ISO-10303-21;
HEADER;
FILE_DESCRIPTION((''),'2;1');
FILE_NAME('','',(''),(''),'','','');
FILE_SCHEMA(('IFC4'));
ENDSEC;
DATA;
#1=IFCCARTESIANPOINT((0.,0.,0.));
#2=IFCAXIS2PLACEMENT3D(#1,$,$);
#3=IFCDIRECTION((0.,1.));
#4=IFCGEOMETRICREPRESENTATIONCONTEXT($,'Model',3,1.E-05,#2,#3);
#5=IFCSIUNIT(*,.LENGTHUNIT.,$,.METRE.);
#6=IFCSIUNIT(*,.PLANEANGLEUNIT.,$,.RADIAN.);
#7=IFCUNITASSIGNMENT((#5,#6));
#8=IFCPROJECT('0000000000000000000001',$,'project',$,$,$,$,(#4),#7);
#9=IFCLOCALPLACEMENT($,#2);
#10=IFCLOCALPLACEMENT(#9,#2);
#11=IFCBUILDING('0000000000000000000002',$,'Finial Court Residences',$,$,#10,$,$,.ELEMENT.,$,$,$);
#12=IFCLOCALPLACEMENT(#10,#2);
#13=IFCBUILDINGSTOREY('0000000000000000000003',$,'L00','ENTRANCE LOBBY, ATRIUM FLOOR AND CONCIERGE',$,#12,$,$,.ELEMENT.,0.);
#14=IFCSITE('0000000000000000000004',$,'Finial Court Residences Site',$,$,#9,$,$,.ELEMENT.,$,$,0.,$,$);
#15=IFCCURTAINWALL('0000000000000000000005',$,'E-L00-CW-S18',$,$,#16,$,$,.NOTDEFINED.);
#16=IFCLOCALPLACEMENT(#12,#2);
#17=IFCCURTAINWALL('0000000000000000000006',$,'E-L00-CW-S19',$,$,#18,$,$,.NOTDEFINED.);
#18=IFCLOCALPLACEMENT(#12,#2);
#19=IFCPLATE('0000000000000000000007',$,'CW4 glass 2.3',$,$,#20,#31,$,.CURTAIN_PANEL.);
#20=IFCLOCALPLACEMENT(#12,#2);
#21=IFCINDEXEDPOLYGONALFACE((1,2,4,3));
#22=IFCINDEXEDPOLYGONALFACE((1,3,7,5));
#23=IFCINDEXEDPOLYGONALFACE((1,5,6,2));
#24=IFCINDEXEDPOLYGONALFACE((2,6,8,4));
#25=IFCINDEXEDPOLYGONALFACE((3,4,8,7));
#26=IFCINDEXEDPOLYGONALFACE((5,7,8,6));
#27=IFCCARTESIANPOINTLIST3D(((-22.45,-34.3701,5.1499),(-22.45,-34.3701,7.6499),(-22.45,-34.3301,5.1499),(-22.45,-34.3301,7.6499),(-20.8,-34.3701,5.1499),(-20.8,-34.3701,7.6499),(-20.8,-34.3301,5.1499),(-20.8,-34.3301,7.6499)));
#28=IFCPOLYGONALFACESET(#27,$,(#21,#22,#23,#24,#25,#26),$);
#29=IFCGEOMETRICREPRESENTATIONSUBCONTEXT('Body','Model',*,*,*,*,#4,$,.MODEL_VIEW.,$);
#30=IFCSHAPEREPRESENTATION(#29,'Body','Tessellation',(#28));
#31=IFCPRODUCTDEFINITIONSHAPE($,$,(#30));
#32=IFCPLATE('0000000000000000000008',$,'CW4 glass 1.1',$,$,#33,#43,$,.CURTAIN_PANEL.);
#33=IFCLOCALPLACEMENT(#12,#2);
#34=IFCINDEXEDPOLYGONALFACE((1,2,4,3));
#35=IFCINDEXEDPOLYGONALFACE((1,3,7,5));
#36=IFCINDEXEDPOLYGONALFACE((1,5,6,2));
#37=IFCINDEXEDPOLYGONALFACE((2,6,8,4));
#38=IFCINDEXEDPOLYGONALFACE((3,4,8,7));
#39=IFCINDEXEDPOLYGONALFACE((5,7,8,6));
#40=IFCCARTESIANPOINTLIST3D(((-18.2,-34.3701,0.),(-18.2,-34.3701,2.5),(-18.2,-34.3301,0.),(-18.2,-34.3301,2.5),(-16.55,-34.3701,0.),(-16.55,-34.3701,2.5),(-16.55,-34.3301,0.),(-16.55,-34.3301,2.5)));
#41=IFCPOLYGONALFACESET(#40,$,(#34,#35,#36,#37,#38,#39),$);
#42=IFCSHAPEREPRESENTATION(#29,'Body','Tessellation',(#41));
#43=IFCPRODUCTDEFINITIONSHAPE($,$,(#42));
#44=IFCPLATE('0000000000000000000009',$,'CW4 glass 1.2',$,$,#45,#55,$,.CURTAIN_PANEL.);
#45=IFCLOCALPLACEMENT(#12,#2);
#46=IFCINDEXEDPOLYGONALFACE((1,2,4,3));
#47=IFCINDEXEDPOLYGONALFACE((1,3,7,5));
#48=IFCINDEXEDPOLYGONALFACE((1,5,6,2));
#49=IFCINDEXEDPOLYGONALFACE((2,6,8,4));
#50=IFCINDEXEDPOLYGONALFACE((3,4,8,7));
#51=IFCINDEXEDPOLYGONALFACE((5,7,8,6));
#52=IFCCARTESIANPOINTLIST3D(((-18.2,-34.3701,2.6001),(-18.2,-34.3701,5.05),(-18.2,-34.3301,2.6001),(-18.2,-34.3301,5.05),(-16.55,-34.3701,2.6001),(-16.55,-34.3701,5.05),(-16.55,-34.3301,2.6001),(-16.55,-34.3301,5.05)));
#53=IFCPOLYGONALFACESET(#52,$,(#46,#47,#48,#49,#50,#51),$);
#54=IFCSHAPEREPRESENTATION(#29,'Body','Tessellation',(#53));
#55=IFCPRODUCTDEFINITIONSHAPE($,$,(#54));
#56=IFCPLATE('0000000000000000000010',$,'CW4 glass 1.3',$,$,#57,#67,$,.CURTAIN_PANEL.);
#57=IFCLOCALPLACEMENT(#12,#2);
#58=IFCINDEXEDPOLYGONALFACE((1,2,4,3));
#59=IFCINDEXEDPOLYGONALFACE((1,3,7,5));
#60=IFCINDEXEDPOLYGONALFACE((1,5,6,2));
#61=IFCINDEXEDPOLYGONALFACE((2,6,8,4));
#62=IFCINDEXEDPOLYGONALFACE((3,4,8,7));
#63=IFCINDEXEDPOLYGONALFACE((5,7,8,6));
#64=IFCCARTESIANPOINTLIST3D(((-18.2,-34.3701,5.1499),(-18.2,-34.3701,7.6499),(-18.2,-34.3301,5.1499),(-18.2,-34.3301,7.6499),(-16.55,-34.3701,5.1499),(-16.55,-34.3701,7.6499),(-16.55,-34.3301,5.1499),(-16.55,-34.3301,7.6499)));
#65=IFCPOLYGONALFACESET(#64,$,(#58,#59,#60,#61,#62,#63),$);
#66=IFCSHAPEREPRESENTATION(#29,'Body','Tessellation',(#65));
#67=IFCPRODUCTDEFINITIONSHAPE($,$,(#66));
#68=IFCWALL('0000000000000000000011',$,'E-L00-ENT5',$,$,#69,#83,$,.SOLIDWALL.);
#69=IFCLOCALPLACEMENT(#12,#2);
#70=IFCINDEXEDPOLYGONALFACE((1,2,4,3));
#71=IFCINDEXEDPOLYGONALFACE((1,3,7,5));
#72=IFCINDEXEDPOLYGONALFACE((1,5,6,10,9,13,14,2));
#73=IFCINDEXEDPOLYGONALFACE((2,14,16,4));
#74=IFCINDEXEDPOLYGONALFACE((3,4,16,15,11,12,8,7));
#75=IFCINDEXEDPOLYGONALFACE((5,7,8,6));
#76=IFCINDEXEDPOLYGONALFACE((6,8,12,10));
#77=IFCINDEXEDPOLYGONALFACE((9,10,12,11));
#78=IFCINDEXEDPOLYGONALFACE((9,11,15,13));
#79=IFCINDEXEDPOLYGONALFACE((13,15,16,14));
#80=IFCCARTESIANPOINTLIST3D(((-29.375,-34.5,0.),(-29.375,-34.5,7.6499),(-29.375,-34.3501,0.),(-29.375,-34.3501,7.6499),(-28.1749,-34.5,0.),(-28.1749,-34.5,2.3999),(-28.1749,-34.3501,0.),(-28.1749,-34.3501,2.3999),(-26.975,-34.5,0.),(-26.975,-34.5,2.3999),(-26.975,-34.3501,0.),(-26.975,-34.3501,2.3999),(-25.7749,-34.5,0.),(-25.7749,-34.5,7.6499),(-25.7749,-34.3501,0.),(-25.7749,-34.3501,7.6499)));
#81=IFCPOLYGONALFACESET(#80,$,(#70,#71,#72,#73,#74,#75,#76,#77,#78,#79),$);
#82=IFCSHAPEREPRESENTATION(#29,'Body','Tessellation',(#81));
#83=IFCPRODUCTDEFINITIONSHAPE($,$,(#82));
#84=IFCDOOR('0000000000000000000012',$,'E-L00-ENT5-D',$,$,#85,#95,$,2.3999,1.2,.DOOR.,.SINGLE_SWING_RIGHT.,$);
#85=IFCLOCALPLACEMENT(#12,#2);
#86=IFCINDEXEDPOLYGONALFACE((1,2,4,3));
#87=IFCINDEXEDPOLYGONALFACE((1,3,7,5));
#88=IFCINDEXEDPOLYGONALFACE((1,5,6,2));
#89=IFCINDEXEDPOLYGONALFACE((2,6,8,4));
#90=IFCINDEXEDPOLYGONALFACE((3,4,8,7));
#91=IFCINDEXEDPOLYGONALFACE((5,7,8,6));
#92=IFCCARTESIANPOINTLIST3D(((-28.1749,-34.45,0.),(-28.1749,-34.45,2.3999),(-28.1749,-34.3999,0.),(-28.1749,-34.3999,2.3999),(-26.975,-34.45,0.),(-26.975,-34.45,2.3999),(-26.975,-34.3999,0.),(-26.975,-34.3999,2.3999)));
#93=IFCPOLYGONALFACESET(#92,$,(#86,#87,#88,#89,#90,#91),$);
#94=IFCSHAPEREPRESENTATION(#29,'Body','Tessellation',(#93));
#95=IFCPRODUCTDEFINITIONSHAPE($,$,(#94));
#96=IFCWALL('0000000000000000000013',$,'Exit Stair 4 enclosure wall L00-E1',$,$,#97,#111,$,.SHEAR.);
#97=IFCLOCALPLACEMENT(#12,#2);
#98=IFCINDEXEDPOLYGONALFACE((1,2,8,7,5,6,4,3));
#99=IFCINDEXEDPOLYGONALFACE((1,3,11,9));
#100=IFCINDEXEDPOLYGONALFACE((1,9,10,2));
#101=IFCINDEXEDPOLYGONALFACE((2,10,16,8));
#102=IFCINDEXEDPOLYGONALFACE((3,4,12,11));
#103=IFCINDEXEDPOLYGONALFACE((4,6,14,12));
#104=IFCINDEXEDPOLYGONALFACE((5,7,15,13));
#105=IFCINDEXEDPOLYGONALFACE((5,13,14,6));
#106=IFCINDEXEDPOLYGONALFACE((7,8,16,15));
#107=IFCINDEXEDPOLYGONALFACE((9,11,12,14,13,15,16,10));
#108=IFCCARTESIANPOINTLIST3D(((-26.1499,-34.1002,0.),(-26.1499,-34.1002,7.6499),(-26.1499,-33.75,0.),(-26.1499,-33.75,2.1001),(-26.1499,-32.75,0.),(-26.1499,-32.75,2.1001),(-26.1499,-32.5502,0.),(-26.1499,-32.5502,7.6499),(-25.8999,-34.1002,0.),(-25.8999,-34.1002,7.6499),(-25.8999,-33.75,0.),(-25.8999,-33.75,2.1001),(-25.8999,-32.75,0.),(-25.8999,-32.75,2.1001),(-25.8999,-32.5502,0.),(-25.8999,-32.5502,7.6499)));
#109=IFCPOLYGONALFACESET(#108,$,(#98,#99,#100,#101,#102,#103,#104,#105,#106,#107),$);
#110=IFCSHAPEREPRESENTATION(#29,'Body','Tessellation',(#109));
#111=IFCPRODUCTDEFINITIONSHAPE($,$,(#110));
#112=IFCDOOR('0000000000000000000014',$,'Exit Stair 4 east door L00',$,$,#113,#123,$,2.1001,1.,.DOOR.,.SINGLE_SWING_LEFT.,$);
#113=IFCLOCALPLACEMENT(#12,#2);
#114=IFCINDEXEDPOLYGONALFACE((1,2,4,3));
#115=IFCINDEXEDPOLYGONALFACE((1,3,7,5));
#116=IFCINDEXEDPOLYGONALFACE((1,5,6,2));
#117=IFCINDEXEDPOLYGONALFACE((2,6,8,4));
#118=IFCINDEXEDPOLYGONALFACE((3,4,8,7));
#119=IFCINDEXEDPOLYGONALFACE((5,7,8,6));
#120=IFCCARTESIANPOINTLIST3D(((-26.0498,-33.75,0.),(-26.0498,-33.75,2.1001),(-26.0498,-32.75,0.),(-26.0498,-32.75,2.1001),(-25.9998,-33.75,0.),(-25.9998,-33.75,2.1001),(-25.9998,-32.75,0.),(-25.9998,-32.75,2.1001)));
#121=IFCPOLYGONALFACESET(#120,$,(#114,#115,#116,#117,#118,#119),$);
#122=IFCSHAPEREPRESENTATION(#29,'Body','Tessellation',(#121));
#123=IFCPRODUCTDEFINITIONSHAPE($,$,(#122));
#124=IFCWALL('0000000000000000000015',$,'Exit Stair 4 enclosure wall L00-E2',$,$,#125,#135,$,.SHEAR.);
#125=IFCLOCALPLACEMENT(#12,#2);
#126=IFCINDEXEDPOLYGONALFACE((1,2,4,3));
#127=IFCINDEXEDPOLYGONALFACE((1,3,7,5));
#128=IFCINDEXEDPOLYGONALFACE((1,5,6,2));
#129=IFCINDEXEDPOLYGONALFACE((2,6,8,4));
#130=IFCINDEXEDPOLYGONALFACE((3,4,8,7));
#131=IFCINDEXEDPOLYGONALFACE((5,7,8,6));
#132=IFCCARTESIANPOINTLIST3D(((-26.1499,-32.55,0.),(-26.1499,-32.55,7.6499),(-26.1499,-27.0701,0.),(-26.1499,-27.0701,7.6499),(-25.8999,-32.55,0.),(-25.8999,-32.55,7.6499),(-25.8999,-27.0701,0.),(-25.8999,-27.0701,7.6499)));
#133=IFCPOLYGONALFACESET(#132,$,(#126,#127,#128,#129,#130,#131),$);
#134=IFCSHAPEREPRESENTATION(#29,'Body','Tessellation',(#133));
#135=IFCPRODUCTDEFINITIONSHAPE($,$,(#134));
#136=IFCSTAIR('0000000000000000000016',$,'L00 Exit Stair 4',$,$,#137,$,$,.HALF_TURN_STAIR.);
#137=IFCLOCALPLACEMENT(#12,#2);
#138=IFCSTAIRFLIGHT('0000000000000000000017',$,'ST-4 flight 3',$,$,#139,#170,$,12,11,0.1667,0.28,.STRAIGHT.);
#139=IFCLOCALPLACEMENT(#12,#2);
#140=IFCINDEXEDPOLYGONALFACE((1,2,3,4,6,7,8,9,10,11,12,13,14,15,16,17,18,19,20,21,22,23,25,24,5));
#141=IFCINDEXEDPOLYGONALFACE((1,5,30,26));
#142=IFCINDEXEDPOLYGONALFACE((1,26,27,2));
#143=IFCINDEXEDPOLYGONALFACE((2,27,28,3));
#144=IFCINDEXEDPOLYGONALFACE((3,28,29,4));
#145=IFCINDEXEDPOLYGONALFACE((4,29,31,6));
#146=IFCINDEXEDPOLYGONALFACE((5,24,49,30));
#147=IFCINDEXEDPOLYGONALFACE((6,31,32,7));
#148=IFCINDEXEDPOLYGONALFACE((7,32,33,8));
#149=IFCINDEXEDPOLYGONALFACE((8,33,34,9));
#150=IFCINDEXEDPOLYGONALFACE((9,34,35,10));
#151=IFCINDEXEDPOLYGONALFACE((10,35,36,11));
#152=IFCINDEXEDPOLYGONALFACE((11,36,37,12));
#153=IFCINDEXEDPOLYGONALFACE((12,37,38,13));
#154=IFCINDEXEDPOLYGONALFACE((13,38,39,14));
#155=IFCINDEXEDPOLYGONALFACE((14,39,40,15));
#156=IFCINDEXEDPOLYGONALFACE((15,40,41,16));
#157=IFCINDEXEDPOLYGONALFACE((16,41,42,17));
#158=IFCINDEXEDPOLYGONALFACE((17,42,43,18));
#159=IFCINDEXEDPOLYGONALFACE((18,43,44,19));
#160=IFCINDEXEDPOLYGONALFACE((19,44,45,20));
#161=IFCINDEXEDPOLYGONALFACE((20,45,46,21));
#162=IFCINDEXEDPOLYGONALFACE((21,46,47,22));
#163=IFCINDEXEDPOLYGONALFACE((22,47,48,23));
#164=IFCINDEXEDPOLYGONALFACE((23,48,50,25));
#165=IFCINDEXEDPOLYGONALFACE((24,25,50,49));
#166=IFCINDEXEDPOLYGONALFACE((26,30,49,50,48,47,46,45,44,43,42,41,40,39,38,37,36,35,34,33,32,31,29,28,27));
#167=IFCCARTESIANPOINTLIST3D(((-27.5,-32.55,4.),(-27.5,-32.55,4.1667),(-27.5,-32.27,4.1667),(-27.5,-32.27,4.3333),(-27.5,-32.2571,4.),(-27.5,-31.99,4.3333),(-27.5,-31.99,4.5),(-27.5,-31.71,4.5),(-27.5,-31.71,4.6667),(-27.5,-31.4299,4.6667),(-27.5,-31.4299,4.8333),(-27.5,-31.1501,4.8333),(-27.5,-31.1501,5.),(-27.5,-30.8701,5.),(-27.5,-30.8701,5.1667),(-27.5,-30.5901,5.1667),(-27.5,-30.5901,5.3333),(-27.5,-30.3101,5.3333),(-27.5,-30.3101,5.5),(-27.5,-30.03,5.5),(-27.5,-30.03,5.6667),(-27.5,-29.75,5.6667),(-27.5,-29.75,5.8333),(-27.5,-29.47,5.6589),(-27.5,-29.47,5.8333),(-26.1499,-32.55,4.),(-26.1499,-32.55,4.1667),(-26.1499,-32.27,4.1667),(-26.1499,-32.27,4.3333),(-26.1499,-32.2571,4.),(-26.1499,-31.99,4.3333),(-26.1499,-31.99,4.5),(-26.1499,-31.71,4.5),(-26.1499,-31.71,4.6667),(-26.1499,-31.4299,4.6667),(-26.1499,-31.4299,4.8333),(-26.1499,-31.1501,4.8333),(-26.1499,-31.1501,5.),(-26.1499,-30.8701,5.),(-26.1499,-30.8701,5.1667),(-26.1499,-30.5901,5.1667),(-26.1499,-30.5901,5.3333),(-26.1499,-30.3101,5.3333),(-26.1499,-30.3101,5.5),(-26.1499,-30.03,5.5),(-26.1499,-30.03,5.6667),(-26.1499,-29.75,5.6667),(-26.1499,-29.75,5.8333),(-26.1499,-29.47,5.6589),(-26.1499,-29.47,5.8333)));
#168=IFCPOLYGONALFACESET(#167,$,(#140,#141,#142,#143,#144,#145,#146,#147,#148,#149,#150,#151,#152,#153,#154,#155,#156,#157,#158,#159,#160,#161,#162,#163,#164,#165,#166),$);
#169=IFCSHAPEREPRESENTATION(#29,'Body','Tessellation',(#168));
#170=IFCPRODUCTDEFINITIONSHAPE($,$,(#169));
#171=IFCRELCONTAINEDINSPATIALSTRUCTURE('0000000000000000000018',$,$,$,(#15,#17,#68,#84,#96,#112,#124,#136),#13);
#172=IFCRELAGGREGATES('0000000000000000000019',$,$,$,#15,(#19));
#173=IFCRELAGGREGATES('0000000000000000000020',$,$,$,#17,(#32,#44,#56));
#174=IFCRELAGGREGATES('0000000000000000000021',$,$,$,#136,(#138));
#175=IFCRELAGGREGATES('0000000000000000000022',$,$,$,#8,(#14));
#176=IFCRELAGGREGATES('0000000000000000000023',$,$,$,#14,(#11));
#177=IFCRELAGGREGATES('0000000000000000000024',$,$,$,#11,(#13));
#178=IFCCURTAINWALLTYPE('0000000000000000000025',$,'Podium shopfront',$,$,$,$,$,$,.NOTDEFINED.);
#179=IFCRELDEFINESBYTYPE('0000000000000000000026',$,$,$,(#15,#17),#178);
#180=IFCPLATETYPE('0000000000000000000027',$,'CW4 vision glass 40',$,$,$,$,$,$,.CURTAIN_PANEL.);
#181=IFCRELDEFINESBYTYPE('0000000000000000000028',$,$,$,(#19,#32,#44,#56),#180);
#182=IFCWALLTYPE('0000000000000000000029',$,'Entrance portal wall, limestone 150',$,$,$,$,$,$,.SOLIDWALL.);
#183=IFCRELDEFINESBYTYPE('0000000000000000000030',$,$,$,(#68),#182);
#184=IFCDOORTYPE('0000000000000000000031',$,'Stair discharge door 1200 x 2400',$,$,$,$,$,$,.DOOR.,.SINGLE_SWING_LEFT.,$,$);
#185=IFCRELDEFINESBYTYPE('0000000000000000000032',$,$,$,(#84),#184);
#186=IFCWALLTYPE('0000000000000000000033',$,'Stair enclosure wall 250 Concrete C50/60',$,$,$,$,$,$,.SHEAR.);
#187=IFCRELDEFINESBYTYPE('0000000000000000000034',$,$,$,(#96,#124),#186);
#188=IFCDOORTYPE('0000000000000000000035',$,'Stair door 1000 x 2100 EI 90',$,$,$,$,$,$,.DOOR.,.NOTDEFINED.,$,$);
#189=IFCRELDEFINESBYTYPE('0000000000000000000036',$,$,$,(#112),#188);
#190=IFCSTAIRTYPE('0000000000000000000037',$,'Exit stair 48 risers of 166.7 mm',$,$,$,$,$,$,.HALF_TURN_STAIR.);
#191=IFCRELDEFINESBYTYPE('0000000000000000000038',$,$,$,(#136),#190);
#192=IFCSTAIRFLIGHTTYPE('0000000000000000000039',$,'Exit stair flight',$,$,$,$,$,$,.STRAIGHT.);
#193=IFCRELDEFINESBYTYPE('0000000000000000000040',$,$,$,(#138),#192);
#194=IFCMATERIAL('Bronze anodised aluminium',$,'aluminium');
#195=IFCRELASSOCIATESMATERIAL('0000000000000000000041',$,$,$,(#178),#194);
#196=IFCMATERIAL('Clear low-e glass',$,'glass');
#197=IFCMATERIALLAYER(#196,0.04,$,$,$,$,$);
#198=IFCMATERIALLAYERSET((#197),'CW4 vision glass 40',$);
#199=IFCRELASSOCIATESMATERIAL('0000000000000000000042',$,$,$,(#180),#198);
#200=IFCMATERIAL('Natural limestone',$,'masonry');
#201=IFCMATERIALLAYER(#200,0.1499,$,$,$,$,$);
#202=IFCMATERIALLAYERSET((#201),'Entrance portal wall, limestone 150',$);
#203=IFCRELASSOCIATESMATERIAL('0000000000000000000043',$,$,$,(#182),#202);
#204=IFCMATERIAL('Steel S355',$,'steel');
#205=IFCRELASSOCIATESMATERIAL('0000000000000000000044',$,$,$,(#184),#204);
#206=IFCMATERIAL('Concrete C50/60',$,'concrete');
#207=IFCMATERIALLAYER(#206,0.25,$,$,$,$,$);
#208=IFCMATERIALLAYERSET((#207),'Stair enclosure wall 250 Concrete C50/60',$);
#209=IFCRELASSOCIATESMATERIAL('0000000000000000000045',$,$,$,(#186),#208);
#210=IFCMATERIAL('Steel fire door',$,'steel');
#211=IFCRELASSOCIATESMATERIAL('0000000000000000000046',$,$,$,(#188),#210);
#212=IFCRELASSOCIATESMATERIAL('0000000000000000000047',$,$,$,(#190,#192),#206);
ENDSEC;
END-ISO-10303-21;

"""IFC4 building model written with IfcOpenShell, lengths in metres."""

from ifc_helpers import new_model, si_unit, direction, frame, frame_2d, origin, origin_2d, place, context, subcontext, project, spatial, polyline, rectangle, outline, extrude, material, layer, layer_set, type_object, element, fill, aggregate, save


model = new_model("IFC4")

# Units and contexts
model_context = context("Model", 3, precision=1e-05, world=origin(), true_north=direction((0.0, 1.0)))
body_context = subcontext(model_context, "Body", "Model", "MODEL_VIEW")
ifc_project = project(units=[si_unit("LENGTHUNIT", "METRE"), si_unit("PLANEANGLEUNIT", "RADIAN")], contexts=[model_context])

# Site, building, storey
site_placement = place(None, origin())
site = spatial("IfcSite", under=ifc_project, at=site_placement, Name="Finial Court Residences Site", CompositionType="ELEMENT", RefElevation=0.0)
building_placement = place(site_placement, origin())
building = spatial("IfcBuilding", under=site, at=building_placement, Name="Finial Court Residences", CompositionType="ELEMENT")
storey_placement = place(building_placement, origin())
storey = spatial("IfcBuildingStorey", under=building, at=storey_placement, Name="L00", Description="ENTRANCE LOBBY, ATRIUM FLOOR AND CONCIERGE", CompositionType="ELEMENT", Elevation=0.0)

# Curtain wall
ifc_material_1 = material(Name="Bronze anodised aluminium", Category="aluminium")
curtain_wall_type = type_object("IfcCurtainWallType", Name="Podium shopfront", PredefinedType="NOTDEFINED", material=ifc_material_1)
curtain_wall_1_placement = place(storey_placement, origin())
curtain_wall_1 = element("IfcCurtainWall", 1, at=curtain_wall_1_placement, inside=storey, type_object=curtain_wall_type, Name="E-L00-CW-S18", PredefinedType="NOTDEFINED")

# Curtain wall
curtain_wall_2_placement = place(storey_placement, origin())
curtain_wall_2 = element("IfcCurtainWall", 2, at=curtain_wall_2_placement, inside=storey, type_object=curtain_wall_type, Name="E-L00-CW-S19", PredefinedType="NOTDEFINED")

# Plates
ifc_material_2 = material(Name="Clear low-e glass", Category="glass")
ifc_layer_1 = layer(ifc_material_2, 0.04)
ifc_layer_set_1 = layer_set([ifc_layer_1], Name="CW4 vision glass 40")
plate_type = type_object("IfcPlateType", Name="CW4 vision glass 40", PredefinedType="CURTAIN_PANEL", material=ifc_layer_set_1)
plate_1_placement = place(storey_placement, frame((-21.625, -34.3501, 5.1499), z_axis=(0.0, 0.0, 1.0), x_axis=(1.0, 0.0, 0.0)))
plate_1 = element("IfcPlate", 3, at=plate_1_placement, type_object=plate_type, Name="CW4 glass 2.3", PredefinedType="CURTAIN_PANEL", context=body_context, shape_type="SweptSolid", body=[
    extrude(rectangle(XDim=1.6499, YDim=0.04, at=origin_2d()), origin(), (0.0, 0.0, 1.0), 2.5),
])
aggregate(curtain_wall_1, [plate_1])
plate_2_placement = place(storey_placement, frame((-17.375, -34.3501, 0.0), z_axis=(0.0, 0.0, 1.0), x_axis=(1.0, 0.0, 0.0)))
plate_2 = element("IfcPlate", 4, at=plate_2_placement, type_object=plate_type, Name="CW4 glass 1.1", PredefinedType="CURTAIN_PANEL", context=body_context, shape_type="SweptSolid", body=[
    extrude(rectangle(XDim=1.6499, YDim=0.04, at=origin_2d()), origin(), (0.0, 0.0, 1.0), 2.5),
])
plate_3_placement = place(storey_placement, frame((-17.375, -34.3501, 2.6001), z_axis=(0.0, 0.0, 1.0), x_axis=(1.0, 0.0, 0.0)))
plate_3 = element("IfcPlate", 5, at=plate_3_placement, type_object=plate_type, Name="CW4 glass 1.2", PredefinedType="CURTAIN_PANEL", context=body_context, shape_type="SweptSolid", body=[
    extrude(rectangle(XDim=1.6499, YDim=0.04, at=origin_2d()), origin(), (0.0, 0.0, 1.0), 2.45),
])
plate_4_placement = place(storey_placement, frame((-17.375, -34.3501, 5.1499), z_axis=(0.0, 0.0, 1.0), x_axis=(1.0, 0.0, 0.0)))
plate_4 = element("IfcPlate", 6, at=plate_4_placement, type_object=plate_type, Name="CW4 glass 1.3", PredefinedType="CURTAIN_PANEL", context=body_context, shape_type="SweptSolid", body=[
    extrude(rectangle(XDim=1.6499, YDim=0.04, at=origin_2d()), origin(), (0.0, 0.0, 1.0), 2.5),
])
aggregate(curtain_wall_2, [plate_2, plate_3, plate_4])

# Walls, openings, doors
ifc_material_3 = material(Name="Natural limestone", Category="masonry")
ifc_layer_2 = layer(ifc_material_3, 0.1499)
ifc_layer_set_2 = layer_set([ifc_layer_2], Name="Entrance portal wall, limestone 150")
wall_type_1 = type_object("IfcWallType", Name="Entrance portal wall, limestone 150", PredefinedType="SOLIDWALL", material=ifc_layer_set_2)
wall_1_placement = place(storey_placement, frame((-25.7749, -34.425, 0.0), z_axis=(0.0, 0.0, 1.0), x_axis=(-1.0, 0.0, 0.0)))
wall_1 = element("IfcWall", 7, at=wall_1_placement, inside=storey, type_object=wall_type_1, Name="E-L00-ENT5", PredefinedType="SOLIDWALL", context=body_context, shape_type="SweptSolid", body=[
    extrude(rectangle(XDim=3.6001, YDim=0.1499, at=frame_2d((1.8, 0.0))), origin(), (0.0, 0.0, 1.0), 7.6499),
])
opening_1_placement = place(wall_1_placement, frame((1.2, 0.0, 0.0)))
opening_1 = element("IfcOpeningElement", 8, at=opening_1_placement, cuts=wall_1, PredefinedType="OPENING", context=body_context, shape_type="SweptSolid", body=[
    extrude(rectangle(XDim=1.2, YDim=2.3999, at=frame_2d((0.6001, 1.2))), frame((0.0, 0.085, 0.0), z_axis=(0.0, -1.0, 0.0), x_axis=(1.0, 0.0, 0.0)), (0.0, 0.0, 1.0), 0.1699),
])
ifc_material_4 = material(Name="Steel S355", Category="steel")
door_type_1 = type_object("IfcDoorType", Name="Stair discharge door 1200 x 2400", OperationType="SINGLE_SWING_LEFT", PredefinedType="DOOR", material=ifc_material_4)
door_1_placement = place(opening_1_placement, origin())
door_1 = element("IfcDoor", 9, at=door_1_placement, inside=storey, type_object=door_type_1, Name="E-L00-ENT5-D", OperationType="SINGLE_SWING_RIGHT", OverallHeight=2.3999, OverallWidth=1.2, PredefinedType="DOOR", context=body_context, shape_type="SweptSolid", body=[
    extrude(rectangle(XDim=1.2, YDim=2.3999, at=frame_2d((0.6001, 1.2))), frame((0.0, 0.0249, 0.0), z_axis=(0.0, -1.0, 0.0), x_axis=(1.0, 0.0, 0.0)), (0.0, 0.0, 1.0), 0.05),
])
fill(opening_1, door_1)
ifc_material_5 = material(Name="Concrete C50/60", Category="concrete")
ifc_layer_3 = layer(ifc_material_5, 0.25)
ifc_layer_set_3 = layer_set([ifc_layer_3], Name="Stair enclosure wall 250 Concrete C50/60")
wall_type_2 = type_object("IfcWallType", Name="Stair enclosure wall 250 Concrete C50/60", PredefinedType="SHEAR", material=ifc_layer_set_3)
wall_2_placement = place(storey_placement, frame((-26.0249, -34.1001, 0.0), z_axis=(0.0, 0.0, 1.0), x_axis=(0.0, 1.0, 0.0)))
wall_2 = element("IfcWall", 10, at=wall_2_placement, inside=storey, type_object=wall_type_2, Name="Exit Stair 4 enclosure wall L00-E1", PredefinedType="SHEAR", context=body_context, shape_type="SweptSolid", body=[
    extrude(rectangle(XDim=1.55, YDim=0.25, at=frame_2d((0.7749, 0.0))), origin(), (0.0, 0.0, 1.0), 7.6499),
])
opening_2_placement = place(wall_2_placement, frame((0.3501, 0.0, 0.0)))
opening_2 = element("IfcOpeningElement", 11, at=opening_2_placement, cuts=wall_2, PredefinedType="OPENING", context=body_context, shape_type="SweptSolid", body=[
    extrude(rectangle(XDim=1.0, YDim=2.1001, at=frame_2d((0.5, 1.05))), frame((0.0, 0.135, 0.0), z_axis=(0.0, -1.0, 0.0), x_axis=(1.0, 0.0, 0.0)), (0.0, 0.0, 1.0), 0.27),
])
ifc_material_6 = material(Name="Steel fire door", Category="steel")
door_type_2 = type_object("IfcDoorType", Name="Stair door 1000 x 2100 EI 90", OperationType="NOTDEFINED", PredefinedType="DOOR", material=ifc_material_6)
door_2_placement = place(opening_2_placement, origin())
door_2 = element("IfcDoor", 12, at=door_2_placement, inside=storey, type_object=door_type_2, Name="Exit Stair 4 east door L00", OperationType="SINGLE_SWING_LEFT", OverallHeight=2.1001, OverallWidth=1.0, PredefinedType="DOOR", context=body_context, shape_type="SweptSolid", body=[
    extrude(rectangle(XDim=1.0, YDim=2.1001, at=frame_2d((0.5, 1.05))), frame((0.0, 0.0249, 0.0), z_axis=(0.0, -1.0, 0.0), x_axis=(1.0, 0.0, 0.0)), (0.0, 0.0, 1.0), 0.05),
])
fill(opening_2, door_2)

# Wall
wall_3_placement = place(storey_placement, frame((-26.0249, -32.55, 0.0), z_axis=(0.0, 0.0, 1.0), x_axis=(0.0, 1.0, 0.0)))
element("IfcWall", 13, at=wall_3_placement, inside=storey, type_object=wall_type_2, Name="Exit Stair 4 enclosure wall L00-E2", PredefinedType="SHEAR", context=body_context, shape_type="SweptSolid", body=[
    extrude(rectangle(XDim=5.48, YDim=0.25, at=frame_2d((2.74, 0.0))), origin(), (0.0, 0.0, 1.0), 7.6499),
])

# Stair, stair flight
stair_type = type_object("IfcStairType", Name="Exit stair 48 risers of 166.7 mm", PredefinedType="HALF_TURN_STAIR", material=ifc_material_5)
stair_placement = place(storey_placement, origin())
stair = element("IfcStair", 14, at=stair_placement, inside=storey, type_object=stair_type, Name="L00 Exit Stair 4", PredefinedType="HALF_TURN_STAIR")
stair_flight_type = type_object("IfcStairFlightType", Name="Exit stair flight", PredefinedType="STRAIGHT", material=ifc_material_5)
stair_flight_placement = place(storey_placement, frame((-26.825, -32.55, 4.0), z_axis=(0.0, 0.0, 1.0), x_axis=(0.0, 1.0, 0.0)))
stair_flight = element("IfcStairFlight", 15, at=stair_flight_placement, type_object=stair_flight_type, Name="ST-4 flight 3", NumberOfRisers=12, NumberOfTreads=11, PredefinedType="STRAIGHT", RiserHeight=0.1667, TreadLength=0.28, context=body_context, shape_type="SweptSolid", body=[
    extrude(outline(polyline([(0.0, 0.0), (0.0, 0.1667), (0.28, 0.1667), (0.28, 0.3333), (0.5601, 0.3333), (0.5601, 0.5), (0.8401, 0.5), (0.8401, 0.6667), (1.1201, 0.6667), (1.1201, 0.8333), (1.3999, 0.8333), (1.3999, 1.0), (1.6799, 1.0), (1.6799, 1.1667), (1.96, 1.1667), (1.96, 1.3333), (2.24, 1.3333), (2.24, 1.5), (2.52, 1.5), (2.52, 1.6667), (2.8, 1.6667), (2.8, 1.8333), (3.0801, 1.8333), (3.0801, 2.0), (3.0801, 1.6589), (0.293, 0.0), (0.0, 0.0)])), frame((0.0, 0.675, 0.0), z_axis=(0.0, -1.0, 0.0), x_axis=(1.0, 0.0, 0.0)), (0.0, 0.0, 1.0), 1.3501),
])
aggregate(stair, [stair_flight])

save(model, "model.ifc")
